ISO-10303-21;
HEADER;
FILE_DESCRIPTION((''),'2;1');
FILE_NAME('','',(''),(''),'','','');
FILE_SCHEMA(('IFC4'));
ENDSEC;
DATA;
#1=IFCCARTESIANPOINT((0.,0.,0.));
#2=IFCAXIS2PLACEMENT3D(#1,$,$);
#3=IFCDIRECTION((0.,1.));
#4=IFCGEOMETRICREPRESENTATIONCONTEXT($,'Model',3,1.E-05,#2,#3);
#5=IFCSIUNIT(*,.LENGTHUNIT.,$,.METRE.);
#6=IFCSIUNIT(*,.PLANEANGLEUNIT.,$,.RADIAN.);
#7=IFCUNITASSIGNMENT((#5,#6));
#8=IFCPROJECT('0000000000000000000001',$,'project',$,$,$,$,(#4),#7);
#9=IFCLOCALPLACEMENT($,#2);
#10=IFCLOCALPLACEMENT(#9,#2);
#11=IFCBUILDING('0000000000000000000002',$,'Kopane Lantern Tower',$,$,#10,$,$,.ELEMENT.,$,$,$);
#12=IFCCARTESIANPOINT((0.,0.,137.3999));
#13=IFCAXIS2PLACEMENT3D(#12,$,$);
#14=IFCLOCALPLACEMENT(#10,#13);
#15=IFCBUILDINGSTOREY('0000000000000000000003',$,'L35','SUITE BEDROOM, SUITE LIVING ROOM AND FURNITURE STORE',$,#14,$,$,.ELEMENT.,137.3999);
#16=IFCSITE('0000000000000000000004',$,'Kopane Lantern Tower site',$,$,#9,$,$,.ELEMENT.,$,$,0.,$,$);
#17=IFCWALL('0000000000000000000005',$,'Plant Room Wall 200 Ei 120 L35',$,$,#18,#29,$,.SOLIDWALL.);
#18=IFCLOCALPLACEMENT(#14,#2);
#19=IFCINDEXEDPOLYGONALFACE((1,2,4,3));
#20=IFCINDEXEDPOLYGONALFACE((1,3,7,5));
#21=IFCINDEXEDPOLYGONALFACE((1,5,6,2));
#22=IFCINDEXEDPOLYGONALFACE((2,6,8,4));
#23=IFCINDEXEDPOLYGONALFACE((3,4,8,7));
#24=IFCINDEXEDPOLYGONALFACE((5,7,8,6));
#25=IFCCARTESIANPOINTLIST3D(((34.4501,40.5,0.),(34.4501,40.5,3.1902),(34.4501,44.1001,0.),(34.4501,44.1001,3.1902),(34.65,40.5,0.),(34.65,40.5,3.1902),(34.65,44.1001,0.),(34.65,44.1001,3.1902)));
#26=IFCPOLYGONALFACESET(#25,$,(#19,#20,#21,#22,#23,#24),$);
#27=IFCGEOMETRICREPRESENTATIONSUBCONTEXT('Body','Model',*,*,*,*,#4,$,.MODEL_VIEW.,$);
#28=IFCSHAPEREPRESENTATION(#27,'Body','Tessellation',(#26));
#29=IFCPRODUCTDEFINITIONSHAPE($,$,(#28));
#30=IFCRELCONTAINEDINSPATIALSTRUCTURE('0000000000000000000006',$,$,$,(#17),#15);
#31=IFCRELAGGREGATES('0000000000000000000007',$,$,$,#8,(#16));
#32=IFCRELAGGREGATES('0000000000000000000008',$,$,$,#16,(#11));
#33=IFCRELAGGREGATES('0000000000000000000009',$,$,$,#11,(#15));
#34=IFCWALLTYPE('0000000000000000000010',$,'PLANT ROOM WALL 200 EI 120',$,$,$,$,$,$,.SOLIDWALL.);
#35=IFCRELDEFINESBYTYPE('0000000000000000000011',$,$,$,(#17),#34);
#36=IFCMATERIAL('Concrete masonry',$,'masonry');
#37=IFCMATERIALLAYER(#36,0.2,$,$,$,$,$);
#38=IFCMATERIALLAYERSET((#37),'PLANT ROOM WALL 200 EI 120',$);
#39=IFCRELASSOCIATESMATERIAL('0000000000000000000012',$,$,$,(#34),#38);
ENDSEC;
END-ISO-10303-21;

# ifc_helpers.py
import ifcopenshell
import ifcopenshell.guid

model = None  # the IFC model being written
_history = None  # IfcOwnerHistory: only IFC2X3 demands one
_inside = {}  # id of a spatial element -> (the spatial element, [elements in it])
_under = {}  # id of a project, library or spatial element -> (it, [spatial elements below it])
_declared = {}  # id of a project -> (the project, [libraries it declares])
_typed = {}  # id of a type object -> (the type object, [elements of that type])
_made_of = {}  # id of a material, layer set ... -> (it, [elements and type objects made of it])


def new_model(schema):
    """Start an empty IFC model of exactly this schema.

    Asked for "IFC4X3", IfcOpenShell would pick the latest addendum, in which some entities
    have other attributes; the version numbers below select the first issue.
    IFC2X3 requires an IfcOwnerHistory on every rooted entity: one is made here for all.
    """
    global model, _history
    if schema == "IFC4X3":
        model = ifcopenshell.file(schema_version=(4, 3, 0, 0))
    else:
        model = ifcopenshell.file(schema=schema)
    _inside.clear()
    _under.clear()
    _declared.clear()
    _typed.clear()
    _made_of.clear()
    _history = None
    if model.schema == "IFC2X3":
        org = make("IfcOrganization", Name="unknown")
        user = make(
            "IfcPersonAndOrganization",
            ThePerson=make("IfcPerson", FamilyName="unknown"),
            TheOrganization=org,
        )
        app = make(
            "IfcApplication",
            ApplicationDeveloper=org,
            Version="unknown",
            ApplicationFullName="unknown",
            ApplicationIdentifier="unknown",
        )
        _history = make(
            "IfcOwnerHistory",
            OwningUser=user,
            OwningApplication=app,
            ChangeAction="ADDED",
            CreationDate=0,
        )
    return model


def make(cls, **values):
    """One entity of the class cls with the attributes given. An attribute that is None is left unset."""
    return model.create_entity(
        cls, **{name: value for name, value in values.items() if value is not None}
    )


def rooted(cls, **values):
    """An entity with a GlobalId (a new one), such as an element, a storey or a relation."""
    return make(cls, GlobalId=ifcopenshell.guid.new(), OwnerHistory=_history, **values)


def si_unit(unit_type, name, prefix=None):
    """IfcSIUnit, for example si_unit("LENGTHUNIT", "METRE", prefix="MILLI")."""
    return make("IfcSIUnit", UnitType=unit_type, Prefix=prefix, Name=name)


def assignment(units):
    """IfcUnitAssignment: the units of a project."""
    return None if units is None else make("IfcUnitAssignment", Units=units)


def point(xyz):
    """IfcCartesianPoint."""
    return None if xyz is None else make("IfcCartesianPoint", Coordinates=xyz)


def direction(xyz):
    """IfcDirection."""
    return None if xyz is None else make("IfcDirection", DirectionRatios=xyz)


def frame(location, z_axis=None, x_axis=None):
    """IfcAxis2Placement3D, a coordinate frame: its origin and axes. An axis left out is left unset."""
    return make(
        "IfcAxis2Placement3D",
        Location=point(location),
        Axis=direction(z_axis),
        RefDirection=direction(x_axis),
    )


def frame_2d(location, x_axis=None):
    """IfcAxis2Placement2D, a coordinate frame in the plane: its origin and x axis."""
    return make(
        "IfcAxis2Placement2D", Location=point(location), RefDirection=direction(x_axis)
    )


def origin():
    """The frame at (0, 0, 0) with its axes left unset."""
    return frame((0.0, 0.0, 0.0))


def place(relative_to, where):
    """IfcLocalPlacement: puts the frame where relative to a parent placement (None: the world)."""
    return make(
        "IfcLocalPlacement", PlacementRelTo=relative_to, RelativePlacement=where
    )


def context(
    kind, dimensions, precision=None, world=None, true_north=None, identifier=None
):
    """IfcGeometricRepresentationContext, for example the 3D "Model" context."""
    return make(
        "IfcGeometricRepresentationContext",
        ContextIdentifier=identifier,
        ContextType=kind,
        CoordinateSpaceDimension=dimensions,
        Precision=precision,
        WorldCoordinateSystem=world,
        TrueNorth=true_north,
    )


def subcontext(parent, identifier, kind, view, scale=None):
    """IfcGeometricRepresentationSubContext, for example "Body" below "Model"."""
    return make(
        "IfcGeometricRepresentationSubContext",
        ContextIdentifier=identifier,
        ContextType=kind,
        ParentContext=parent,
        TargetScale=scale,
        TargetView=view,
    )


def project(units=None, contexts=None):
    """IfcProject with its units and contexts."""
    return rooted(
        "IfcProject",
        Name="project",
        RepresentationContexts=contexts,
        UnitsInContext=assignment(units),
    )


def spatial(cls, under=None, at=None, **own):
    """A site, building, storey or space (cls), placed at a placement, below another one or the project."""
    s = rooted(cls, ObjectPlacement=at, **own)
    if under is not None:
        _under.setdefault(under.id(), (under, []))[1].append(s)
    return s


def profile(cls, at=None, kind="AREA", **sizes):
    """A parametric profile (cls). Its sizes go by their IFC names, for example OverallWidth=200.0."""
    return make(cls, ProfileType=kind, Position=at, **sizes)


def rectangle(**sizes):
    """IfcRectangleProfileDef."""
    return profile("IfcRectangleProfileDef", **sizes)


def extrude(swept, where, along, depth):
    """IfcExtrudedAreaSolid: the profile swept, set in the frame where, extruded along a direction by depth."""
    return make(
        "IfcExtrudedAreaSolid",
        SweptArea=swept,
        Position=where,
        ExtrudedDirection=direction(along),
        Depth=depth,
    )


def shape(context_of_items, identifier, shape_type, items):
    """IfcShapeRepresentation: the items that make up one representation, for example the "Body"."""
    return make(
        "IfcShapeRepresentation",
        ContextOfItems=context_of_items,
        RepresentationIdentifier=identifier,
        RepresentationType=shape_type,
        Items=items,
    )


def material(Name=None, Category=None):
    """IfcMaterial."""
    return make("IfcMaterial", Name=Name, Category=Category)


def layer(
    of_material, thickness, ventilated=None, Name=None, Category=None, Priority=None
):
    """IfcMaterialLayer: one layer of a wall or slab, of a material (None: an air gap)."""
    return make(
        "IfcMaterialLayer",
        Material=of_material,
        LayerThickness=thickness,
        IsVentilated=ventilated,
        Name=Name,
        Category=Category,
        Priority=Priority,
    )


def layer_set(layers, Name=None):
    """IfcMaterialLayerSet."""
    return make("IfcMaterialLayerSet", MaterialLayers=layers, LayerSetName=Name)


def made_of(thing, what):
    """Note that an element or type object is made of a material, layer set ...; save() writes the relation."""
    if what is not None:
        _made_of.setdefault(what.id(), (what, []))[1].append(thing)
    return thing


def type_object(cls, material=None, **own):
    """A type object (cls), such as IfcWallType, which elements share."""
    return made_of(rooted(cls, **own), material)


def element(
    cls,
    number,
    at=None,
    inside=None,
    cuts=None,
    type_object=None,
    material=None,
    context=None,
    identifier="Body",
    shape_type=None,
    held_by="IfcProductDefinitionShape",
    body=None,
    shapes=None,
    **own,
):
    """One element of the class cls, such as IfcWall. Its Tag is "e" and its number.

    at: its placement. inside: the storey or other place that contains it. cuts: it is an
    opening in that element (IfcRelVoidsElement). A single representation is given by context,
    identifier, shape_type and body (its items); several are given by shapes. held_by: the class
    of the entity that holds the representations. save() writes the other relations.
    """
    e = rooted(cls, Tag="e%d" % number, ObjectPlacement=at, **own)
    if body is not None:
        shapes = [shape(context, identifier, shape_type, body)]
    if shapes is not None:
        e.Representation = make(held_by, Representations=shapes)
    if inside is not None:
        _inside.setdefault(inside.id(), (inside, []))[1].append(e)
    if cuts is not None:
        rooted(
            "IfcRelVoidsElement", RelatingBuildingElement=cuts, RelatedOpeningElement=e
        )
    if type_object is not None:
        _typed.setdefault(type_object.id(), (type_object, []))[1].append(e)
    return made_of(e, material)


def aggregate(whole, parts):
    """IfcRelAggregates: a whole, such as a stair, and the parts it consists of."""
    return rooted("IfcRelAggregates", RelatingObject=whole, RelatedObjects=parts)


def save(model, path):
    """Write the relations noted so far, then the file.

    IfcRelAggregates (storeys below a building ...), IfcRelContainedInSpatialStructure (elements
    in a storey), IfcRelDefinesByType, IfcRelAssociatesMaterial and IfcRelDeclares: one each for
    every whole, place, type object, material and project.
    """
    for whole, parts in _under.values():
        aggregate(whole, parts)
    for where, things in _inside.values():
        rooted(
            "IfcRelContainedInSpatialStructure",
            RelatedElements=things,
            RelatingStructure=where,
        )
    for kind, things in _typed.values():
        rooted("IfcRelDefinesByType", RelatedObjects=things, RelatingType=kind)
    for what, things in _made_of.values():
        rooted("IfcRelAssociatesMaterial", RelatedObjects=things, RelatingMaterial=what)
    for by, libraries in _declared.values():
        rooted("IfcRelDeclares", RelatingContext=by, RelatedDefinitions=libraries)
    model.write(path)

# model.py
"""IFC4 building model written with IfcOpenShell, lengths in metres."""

from ifc_helpers import new_model, si_unit, direction, frame, frame_2d, origin, place, context, subcontext, project, spatial, rectangle, extrude, material, layer, layer_set, type_object, element, save


model = new_model("IFC4")

# Units and contexts
model_context = context("Model", 3, precision=1e-05, world=origin(), true_north=direction((0.0, 1.0)))
body_context = subcontext(model_context, "Body", "Model", "MODEL_VIEW")
ifc_project = project(units=[si_unit("LENGTHUNIT", "METRE"), si_unit("PLANEANGLEUNIT", "RADIAN")], contexts=[model_context])

# Site, building, storey
site_placement = place(None, origin())
site = spatial("IfcSite", under=ifc_project, at=site_placement, Name="Kopane Lantern Tower site", CompositionType="ELEMENT", RefElevation=0.0)
building_placement = place(site_placement, origin())
building = spatial("IfcBuilding", under=site, at=building_placement, Name="Kopane Lantern Tower", CompositionType="ELEMENT")
storey_placement = place(building_placement, frame((0.0, 0.0, 137.3999)))
storey = spatial("IfcBuildingStorey", under=building, at=storey_placement, Name="L35", Description="SUITE BEDROOM, SUITE LIVING ROOM AND FURNITURE STORE", CompositionType="ELEMENT", Elevation=137.3999)

# Wall
ifc_material_1 = material(Name="Concrete masonry", Category="masonry")
ifc_layer_1 = layer(ifc_material_1, 0.2)
ifc_layer_set_1 = layer_set([ifc_layer_1], Name="PLANT ROOM WALL 200 EI 120")
wall_type_1 = type_object("IfcWallType", Name="PLANT ROOM WALL 200 EI 120", PredefinedType="SOLIDWALL", material=ifc_layer_set_1)
wall_1_placement = place(storey_placement, frame((34.55, 44.1001, 0.0), z_axis=(0.0, 0.0, 1.0), x_axis=(0.0, -1.0, 0.0)))
element("IfcWall", 1, at=wall_1_placement, inside=storey, type_object=wall_type_1, Name="Plant Room Wall 200 Ei 120 L35", PredefinedType="SOLIDWALL", context=body_context, shape_type="SweptSolid", body=[
    extrude(rectangle(XDim=3.6001, YDim=0.2, at=frame_2d((1.8, 0.0))), origin(), (0.0, 0.0, 1.0), 3.1902),
])

save(model, "model.ifc")
